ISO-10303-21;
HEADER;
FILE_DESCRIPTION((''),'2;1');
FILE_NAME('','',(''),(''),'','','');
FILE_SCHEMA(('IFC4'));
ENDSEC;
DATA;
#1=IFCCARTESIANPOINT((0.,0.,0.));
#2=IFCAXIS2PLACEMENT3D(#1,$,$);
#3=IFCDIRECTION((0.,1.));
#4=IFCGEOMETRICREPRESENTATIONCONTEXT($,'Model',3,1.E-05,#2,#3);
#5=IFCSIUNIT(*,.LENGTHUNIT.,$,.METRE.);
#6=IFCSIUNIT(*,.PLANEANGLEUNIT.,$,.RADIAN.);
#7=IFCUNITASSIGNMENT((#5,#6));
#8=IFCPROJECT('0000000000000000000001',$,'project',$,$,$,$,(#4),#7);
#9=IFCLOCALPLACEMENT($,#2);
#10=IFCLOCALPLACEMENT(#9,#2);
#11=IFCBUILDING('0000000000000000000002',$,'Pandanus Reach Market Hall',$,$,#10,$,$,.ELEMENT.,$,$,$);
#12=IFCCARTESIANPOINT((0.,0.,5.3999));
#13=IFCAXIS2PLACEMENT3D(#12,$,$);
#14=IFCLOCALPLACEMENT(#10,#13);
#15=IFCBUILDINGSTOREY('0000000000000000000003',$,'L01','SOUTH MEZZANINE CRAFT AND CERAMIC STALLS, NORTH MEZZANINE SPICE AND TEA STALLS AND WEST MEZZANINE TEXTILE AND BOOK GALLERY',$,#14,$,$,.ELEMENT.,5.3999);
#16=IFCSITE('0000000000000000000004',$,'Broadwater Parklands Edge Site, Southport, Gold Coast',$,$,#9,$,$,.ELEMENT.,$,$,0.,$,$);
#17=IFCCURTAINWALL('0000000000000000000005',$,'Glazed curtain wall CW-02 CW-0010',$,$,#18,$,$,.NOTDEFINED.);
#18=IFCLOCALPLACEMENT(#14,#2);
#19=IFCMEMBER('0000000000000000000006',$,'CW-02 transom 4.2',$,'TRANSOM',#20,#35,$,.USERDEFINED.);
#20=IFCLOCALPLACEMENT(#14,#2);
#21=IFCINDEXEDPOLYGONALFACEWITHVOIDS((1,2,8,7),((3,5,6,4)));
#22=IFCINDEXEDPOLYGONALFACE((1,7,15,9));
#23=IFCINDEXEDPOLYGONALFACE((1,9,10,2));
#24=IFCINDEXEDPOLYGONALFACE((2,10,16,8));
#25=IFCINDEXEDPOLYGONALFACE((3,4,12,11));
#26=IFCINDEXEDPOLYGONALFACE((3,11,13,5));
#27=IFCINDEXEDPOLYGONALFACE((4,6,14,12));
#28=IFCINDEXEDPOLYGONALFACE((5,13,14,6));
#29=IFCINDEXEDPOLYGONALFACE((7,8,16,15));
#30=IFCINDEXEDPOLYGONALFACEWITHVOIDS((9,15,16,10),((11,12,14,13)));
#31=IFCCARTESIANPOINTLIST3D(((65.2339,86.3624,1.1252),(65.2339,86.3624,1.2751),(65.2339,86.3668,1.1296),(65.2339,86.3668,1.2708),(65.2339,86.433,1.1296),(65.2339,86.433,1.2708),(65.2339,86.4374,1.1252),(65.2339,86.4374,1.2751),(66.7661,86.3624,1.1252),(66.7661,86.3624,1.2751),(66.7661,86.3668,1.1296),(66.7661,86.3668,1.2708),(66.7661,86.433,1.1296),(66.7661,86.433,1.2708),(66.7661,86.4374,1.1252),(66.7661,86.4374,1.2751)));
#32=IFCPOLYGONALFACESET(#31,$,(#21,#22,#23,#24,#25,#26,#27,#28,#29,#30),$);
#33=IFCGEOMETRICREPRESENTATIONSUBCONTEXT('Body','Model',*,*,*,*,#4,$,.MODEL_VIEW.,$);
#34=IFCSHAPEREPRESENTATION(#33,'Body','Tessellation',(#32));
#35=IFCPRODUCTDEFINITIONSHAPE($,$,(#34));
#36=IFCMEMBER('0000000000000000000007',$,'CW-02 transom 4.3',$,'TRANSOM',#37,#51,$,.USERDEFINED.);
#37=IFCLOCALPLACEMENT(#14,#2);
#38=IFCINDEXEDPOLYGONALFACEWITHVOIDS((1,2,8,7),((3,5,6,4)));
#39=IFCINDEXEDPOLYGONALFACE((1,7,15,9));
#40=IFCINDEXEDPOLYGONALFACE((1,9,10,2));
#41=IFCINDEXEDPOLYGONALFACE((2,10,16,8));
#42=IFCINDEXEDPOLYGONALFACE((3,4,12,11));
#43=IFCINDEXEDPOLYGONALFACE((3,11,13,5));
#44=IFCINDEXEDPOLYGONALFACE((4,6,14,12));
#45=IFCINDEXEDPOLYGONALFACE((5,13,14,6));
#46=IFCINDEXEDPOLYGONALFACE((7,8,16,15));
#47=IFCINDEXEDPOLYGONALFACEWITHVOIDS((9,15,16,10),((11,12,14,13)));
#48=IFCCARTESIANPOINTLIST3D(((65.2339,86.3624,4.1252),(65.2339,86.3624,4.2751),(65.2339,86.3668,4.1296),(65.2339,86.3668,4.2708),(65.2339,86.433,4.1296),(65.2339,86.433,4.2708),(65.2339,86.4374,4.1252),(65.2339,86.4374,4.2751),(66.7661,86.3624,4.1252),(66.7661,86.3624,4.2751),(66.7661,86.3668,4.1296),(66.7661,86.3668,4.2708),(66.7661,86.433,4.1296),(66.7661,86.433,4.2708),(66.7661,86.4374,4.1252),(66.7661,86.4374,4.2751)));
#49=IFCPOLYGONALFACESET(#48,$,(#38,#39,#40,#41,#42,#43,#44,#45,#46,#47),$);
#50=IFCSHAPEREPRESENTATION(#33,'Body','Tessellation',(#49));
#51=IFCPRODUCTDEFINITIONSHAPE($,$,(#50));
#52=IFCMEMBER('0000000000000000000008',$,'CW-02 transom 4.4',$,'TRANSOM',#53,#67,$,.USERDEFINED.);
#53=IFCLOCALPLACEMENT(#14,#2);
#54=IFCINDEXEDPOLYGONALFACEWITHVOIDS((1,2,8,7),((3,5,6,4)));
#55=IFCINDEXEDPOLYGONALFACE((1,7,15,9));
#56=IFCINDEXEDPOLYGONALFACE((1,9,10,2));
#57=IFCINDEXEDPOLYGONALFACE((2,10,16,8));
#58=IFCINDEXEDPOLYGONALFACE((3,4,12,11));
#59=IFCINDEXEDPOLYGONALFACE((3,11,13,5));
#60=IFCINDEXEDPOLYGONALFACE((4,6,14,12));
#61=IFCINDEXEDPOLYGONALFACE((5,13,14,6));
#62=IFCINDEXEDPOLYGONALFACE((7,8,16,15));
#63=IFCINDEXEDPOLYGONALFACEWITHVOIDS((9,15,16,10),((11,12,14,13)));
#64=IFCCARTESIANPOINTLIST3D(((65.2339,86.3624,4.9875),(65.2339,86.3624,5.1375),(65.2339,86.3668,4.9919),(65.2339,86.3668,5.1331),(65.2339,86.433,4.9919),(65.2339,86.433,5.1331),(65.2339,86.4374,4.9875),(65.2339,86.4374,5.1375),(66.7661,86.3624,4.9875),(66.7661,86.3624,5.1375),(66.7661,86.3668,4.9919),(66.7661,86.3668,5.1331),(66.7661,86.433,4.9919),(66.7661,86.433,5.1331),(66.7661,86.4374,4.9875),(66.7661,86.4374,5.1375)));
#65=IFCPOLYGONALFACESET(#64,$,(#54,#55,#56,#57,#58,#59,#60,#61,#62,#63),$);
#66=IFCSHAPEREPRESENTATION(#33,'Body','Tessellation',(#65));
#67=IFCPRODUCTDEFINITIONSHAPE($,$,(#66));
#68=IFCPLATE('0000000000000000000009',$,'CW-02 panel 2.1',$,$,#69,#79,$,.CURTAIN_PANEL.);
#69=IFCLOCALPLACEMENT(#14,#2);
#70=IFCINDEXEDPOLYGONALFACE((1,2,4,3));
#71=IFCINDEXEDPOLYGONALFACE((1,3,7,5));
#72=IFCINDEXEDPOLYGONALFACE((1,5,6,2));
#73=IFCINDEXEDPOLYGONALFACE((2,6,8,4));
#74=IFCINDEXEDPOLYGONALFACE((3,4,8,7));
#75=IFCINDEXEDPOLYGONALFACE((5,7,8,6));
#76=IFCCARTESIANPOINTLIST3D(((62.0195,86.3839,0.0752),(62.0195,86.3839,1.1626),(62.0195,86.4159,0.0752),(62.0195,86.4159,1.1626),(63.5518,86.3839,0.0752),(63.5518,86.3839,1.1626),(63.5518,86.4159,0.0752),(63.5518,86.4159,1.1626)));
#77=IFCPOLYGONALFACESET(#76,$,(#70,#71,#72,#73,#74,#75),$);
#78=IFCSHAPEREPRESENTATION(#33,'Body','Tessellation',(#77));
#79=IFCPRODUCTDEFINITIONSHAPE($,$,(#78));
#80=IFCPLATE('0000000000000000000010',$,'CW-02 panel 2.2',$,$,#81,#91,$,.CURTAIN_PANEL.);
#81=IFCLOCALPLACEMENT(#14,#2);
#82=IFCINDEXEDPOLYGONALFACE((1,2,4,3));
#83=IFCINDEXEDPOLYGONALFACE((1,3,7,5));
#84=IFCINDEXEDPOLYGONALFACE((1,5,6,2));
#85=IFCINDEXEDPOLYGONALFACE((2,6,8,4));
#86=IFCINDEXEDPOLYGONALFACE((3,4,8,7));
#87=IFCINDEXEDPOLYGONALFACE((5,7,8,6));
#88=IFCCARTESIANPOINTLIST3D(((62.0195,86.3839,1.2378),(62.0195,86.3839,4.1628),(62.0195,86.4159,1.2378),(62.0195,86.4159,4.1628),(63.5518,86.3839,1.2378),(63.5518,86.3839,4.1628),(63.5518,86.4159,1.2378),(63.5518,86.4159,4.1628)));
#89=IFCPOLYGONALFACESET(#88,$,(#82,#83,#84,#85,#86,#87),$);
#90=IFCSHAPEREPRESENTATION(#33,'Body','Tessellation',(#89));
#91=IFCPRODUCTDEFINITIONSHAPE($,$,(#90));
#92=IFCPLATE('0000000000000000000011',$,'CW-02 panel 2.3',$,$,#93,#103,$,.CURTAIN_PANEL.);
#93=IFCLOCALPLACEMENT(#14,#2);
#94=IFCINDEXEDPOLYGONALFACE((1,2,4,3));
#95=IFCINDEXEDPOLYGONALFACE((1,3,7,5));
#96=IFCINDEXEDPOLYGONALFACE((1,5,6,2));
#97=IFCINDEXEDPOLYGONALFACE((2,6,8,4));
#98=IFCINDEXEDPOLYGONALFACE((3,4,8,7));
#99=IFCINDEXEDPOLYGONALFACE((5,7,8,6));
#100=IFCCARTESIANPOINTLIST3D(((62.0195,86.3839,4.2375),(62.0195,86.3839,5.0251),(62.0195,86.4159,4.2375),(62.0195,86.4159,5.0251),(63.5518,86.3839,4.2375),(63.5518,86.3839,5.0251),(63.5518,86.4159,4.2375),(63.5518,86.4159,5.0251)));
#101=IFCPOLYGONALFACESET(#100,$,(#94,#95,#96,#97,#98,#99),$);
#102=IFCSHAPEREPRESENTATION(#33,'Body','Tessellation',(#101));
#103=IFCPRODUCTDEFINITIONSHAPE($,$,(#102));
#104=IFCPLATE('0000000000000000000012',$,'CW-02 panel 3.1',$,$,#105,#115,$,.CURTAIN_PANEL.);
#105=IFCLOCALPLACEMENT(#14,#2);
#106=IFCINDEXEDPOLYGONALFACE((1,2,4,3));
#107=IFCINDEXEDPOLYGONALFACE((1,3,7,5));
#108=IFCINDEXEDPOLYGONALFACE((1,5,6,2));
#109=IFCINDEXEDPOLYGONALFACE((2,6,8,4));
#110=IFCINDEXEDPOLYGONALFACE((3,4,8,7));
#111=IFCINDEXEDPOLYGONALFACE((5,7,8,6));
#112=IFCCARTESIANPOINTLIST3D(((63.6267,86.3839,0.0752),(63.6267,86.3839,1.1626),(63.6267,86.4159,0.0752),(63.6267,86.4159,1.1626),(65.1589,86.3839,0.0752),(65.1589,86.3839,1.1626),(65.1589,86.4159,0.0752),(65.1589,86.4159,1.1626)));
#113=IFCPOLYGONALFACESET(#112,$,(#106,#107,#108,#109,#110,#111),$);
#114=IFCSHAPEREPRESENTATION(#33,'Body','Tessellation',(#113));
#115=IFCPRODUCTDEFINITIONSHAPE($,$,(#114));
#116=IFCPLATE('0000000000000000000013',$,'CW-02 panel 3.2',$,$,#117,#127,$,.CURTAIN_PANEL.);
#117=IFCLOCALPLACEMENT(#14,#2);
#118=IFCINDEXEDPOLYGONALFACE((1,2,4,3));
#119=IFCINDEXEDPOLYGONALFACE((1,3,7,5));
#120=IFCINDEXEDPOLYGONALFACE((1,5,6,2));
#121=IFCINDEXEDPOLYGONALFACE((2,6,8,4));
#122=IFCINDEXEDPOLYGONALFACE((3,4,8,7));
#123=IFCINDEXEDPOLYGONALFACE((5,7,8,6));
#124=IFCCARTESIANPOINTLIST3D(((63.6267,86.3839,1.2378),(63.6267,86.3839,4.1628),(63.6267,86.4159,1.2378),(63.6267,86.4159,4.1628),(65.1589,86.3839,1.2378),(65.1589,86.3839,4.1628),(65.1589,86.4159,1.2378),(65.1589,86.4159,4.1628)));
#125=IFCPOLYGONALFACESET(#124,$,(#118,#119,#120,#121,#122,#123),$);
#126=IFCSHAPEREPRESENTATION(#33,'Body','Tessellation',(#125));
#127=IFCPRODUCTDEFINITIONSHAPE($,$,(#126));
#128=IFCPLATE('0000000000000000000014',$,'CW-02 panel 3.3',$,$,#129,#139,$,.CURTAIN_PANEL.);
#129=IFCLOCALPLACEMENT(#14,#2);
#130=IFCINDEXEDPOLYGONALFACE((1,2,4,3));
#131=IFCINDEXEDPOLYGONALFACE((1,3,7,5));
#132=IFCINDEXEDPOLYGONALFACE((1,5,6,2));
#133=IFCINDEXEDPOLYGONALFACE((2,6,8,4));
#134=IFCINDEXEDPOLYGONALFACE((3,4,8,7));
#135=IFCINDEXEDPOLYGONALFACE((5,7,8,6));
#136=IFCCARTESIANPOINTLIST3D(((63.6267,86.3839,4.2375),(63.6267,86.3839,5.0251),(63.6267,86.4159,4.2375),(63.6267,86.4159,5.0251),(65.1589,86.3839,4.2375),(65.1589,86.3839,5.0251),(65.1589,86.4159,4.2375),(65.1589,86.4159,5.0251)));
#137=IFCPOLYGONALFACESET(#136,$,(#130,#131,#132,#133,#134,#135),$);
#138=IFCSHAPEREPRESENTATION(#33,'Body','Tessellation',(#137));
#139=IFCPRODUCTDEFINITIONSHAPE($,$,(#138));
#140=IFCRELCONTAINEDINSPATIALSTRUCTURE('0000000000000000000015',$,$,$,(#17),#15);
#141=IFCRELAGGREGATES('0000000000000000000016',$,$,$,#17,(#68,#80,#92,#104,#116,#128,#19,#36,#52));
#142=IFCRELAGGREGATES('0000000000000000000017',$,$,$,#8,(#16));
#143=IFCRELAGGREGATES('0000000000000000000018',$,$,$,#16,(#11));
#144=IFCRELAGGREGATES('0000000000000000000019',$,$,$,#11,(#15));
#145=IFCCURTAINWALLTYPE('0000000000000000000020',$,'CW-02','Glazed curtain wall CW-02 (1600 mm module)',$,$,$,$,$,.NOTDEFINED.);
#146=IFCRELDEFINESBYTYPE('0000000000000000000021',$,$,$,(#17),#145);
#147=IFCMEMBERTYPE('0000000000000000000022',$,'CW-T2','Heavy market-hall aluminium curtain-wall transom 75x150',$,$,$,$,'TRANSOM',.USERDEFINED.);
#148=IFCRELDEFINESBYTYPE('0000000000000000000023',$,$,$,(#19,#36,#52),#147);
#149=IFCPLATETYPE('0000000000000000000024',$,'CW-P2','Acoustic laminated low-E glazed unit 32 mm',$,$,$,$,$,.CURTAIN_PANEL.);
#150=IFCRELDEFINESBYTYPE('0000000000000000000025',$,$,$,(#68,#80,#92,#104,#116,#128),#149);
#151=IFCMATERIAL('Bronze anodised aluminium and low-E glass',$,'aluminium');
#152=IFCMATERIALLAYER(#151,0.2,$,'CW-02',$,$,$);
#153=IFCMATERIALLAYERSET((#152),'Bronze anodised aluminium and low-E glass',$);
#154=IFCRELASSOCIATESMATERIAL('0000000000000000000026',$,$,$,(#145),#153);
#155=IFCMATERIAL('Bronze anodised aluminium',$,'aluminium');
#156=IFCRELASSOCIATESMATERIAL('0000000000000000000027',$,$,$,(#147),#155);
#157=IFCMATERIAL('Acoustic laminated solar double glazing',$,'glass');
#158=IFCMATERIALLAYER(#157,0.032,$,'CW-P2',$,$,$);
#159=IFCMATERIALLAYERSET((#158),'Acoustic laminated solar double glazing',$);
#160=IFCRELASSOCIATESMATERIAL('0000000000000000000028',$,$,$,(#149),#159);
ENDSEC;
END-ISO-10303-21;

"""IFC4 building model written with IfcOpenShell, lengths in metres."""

from ifc_helpers import new_model, si_unit, direction, frame, origin, origin_2d, place, context, subcontext, project, spatial, rectangle, hollow_rectangle, extrude, material, layer, layer_set, material_profile, profile_set, type_object, element, aggregate, save


model = new_model("IFC4")

# Units and contexts
model_context = context("Model", 3, precision=1e-05, world=origin(), true_north=direction((0.0, 1.0)))
body_context = subcontext(model_context, "Body", "Model", "MODEL_VIEW")
ifc_project = project(units=[si_unit("LENGTHUNIT", "METRE"), si_unit("PLANEANGLEUNIT", "RADIAN")], contexts=[model_context])

# Site, building, storey
site_placement = place(None, origin())
site = spatial("IfcSite", under=ifc_project, at=site_placement, Name="Broadwater Parklands Edge Site, Southport, Gold Coast", CompositionType="ELEMENT", RefElevation=0.0)
building_placement = place(site_placement, origin())
building = spatial("IfcBuilding", under=site, at=building_placement, Name="Pandanus Reach Market Hall", CompositionType="ELEMENT")
storey_placement = place(building_placement, frame((0.0, 0.0, 5.3999)))
storey = spatial("IfcBuildingStorey", under=building, at=storey_placement, Name="L01", Description="SOUTH MEZZANINE CRAFT AND CERAMIC STALLS, NORTH MEZZANINE SPICE AND TEA STALLS AND WEST MEZZANINE TEXTILE AND BOOK GALLERY", CompositionType="ELEMENT", Elevation=5.3999)

# Curtain wall, members, plates
ifc_material_1 = material(Name="Bronze anodised aluminium and low-E glass", Category="aluminium")
ifc_layer_1 = layer(ifc_material_1, 0.2, Name="CW-02")
ifc_layer_set_1 = layer_set([ifc_layer_1], Name="Bronze anodised aluminium and low-E glass")
curtain_wall_type = type_object("IfcCurtainWallType", Name="CW-02", Description="Glazed curtain wall CW-02 (1600 mm module)", PredefinedType="NOTDEFINED", material=ifc_layer_set_1)
curtain_wall_placement = place(storey_placement, origin())
curtain_wall = element("IfcCurtainWall", 1, at=curtain_wall_placement, inside=storey, type_object=curtain_wall_type, Name="Glazed curtain wall CW-02 CW-0010", PredefinedType="NOTDEFINED")
ifc_material_2 = material(Name="Bronze anodised aluminium", Category="aluminium")
ifc_material_profile_1 = material_profile(ifc_material_2, hollow_rectangle(XDim=0.075, YDim=0.1499, WallThickness=0.0044, at=origin_2d()), Name="ALU75x150", Category="LoadBearing")
ifc_profile_set_1 = profile_set([ifc_material_profile_1], Name="Bronze anodised aluminium")
member_type_1 = type_object("IfcMemberType", Name="CW-T2", Description="Heavy market-hall aluminium curtain-wall transom 75x150", ElementType="TRANSOM", PredefinedType="USERDEFINED", material=ifc_profile_set_1)
member_1_placement = place(storey_placement, frame((65.2339, 86.3999, 1.2002), z_axis=(1.0, 0.0, 0.0), x_axis=(0.0, 1.0, 0.0)))
member_1 = element("IfcMember", 2, at=member_1_placement, type_object=member_type_1, Name="CW-02 transom 4.2", ObjectType="TRANSOM", PredefinedType="USERDEFINED", context=body_context, shape_type="SweptSolid", body=[
    extrude(hollow_rectangle(XDim=0.075, YDim=0.1499, WallThickness=0.0044, at=origin_2d()), origin(), (0.0, 0.0, 1.0), 1.5322),
])
member_2_placement = place(storey_placement, frame((65.2339, 86.3999, 4.2002), z_axis=(1.0, 0.0, 0.0), x_axis=(0.0, 1.0, 0.0)))
member_2 = element("IfcMember", 3, at=member_2_placement, type_object=member_type_1, Name="CW-02 transom 4.3", ObjectType="TRANSOM", PredefinedType="USERDEFINED", context=body_context, shape_type="SweptSolid", body=[
    extrude(hollow_rectangle(XDim=0.075, YDim=0.1499, WallThickness=0.0044, at=origin_2d()), origin(), (0.0, 0.0, 1.0), 1.5322),
])
member_3_placement = place(storey_placement, frame((65.2339, 86.3999, 5.0625), z_axis=(1.0, 0.0, 0.0), x_axis=(0.0, 1.0, 0.0)))
member_3 = element("IfcMember", 4, at=member_3_placement, type_object=member_type_1, Name="CW-02 transom 4.4", ObjectType="TRANSOM", PredefinedType="USERDEFINED", context=body_context, shape_type="SweptSolid", body=[
    extrude(hollow_rectangle(XDim=0.075, YDim=0.1499, WallThickness=0.0044, at=origin_2d()), origin(), (0.0, 0.0, 1.0), 1.5322),
])
ifc_material_3 = material(Name="Acoustic laminated solar double glazing", Category="glass")
ifc_layer_2 = layer(ifc_material_3, 0.032, Name="CW-P2")
ifc_layer_set_2 = layer_set([ifc_layer_2], Name="Acoustic laminated solar double glazing")
plate_type = type_object("IfcPlateType", Name="CW-P2", Description="Acoustic laminated low-E glazed unit 32 mm", PredefinedType="CURTAIN_PANEL", material=ifc_layer_set_2)
plate_1_placement = place(storey_placement, frame((62.7856, 86.3999, 0.0752), z_axis=(0.0, 0.0, 1.0), x_axis=(1.0, 0.0, 0.0)))
plate_1 = element("IfcPlate", 5, at=plate_1_placement, type_object=plate_type, Name="CW-02 panel 2.1", PredefinedType="CURTAIN_PANEL", context=body_context, shape_type="SweptSolid", body=[
    extrude(rectangle(XDim=1.5322, YDim=0.032, at=origin_2d()), origin(), (0.0, 0.0, 1.0), 1.0874),
])
plate_2_placement = place(storey_placement, frame((62.7856, 86.3999, 1.2378), z_axis=(0.0, 0.0, 1.0), x_axis=(1.0, 0.0, 0.0)))
plate_2 = element("IfcPlate", 6, at=plate_2_placement, type_object=plate_type, Name="CW-02 panel 2.2", PredefinedType="CURTAIN_PANEL", context=body_context, shape_type="SweptSolid", body=[
    extrude(rectangle(XDim=1.5322, YDim=0.032, at=origin_2d()), origin(), (0.0, 0.0, 1.0), 2.925),
])
plate_3_placement = place(storey_placement, frame((62.7856, 86.3999, 4.2375), z_axis=(0.0, 0.0, 1.0), x_axis=(1.0, 0.0, 0.0)))
plate_3 = element("IfcPlate", 7, at=plate_3_placement, type_object=plate_type, Name="CW-02 panel 2.3", PredefinedType="CURTAIN_PANEL", context=body_context, shape_type="SweptSolid", body=[
    extrude(rectangle(XDim=1.5322, YDim=0.032, at=origin_2d()), origin(), (0.0, 0.0, 1.0), 0.7876),
])
plate_4_placement = place(storey_placement, frame((64.3928, 86.3999, 0.0752), z_axis=(0.0, 0.0, 1.0), x_axis=(1.0, 0.0, 0.0)))
plate_4 = element("IfcPlate", 8, at=plate_4_placement, type_object=plate_type, Name="CW-02 panel 3.1", PredefinedType="CURTAIN_PANEL", context=body_context, shape_type="SweptSolid", body=[
    extrude(rectangle(XDim=1.5322, YDim=0.032, at=origin_2d()), origin(), (0.0, 0.0, 1.0), 1.0874),
])
plate_5_placement = place(storey_placement, frame((64.3928, 86.3999, 1.2378), z_axis=(0.0, 0.0, 1.0), x_axis=(1.0, 0.0, 0.0)))
plate_5 = element("IfcPlate", 9, at=plate_5_placement, type_object=plate_type, Name="CW-02 panel 3.2", PredefinedType="CURTAIN_PANEL", context=body_context, shape_type="SweptSolid", body=[
    extrude(rectangle(XDim=1.5322, YDim=0.032, at=origin_2d()), origin(), (0.0, 0.0, 1.0), 2.925),
])
plate_6_placement = place(storey_placement, frame((64.3928, 86.3999, 4.2375), z_axis=(0.0, 0.0, 1.0), x_axis=(1.0, 0.0, 0.0)))
plate_6 = element("IfcPlate", 10, at=plate_6_placement, type_object=plate_type, Name="CW-02 panel 3.3", PredefinedType="CURTAIN_PANEL", context=body_context, shape_type="SweptSolid", body=[
    extrude(rectangle(XDim=1.5322, YDim=0.032, at=origin_2d()), origin(), (0.0, 0.0, 1.0), 0.7876),
])
aggregate(curtain_wall, [plate_1, plate_2, plate_3, plate_4, plate_5, plate_6, member_1, member_2, member_3])

save(model, "model.ifc")
